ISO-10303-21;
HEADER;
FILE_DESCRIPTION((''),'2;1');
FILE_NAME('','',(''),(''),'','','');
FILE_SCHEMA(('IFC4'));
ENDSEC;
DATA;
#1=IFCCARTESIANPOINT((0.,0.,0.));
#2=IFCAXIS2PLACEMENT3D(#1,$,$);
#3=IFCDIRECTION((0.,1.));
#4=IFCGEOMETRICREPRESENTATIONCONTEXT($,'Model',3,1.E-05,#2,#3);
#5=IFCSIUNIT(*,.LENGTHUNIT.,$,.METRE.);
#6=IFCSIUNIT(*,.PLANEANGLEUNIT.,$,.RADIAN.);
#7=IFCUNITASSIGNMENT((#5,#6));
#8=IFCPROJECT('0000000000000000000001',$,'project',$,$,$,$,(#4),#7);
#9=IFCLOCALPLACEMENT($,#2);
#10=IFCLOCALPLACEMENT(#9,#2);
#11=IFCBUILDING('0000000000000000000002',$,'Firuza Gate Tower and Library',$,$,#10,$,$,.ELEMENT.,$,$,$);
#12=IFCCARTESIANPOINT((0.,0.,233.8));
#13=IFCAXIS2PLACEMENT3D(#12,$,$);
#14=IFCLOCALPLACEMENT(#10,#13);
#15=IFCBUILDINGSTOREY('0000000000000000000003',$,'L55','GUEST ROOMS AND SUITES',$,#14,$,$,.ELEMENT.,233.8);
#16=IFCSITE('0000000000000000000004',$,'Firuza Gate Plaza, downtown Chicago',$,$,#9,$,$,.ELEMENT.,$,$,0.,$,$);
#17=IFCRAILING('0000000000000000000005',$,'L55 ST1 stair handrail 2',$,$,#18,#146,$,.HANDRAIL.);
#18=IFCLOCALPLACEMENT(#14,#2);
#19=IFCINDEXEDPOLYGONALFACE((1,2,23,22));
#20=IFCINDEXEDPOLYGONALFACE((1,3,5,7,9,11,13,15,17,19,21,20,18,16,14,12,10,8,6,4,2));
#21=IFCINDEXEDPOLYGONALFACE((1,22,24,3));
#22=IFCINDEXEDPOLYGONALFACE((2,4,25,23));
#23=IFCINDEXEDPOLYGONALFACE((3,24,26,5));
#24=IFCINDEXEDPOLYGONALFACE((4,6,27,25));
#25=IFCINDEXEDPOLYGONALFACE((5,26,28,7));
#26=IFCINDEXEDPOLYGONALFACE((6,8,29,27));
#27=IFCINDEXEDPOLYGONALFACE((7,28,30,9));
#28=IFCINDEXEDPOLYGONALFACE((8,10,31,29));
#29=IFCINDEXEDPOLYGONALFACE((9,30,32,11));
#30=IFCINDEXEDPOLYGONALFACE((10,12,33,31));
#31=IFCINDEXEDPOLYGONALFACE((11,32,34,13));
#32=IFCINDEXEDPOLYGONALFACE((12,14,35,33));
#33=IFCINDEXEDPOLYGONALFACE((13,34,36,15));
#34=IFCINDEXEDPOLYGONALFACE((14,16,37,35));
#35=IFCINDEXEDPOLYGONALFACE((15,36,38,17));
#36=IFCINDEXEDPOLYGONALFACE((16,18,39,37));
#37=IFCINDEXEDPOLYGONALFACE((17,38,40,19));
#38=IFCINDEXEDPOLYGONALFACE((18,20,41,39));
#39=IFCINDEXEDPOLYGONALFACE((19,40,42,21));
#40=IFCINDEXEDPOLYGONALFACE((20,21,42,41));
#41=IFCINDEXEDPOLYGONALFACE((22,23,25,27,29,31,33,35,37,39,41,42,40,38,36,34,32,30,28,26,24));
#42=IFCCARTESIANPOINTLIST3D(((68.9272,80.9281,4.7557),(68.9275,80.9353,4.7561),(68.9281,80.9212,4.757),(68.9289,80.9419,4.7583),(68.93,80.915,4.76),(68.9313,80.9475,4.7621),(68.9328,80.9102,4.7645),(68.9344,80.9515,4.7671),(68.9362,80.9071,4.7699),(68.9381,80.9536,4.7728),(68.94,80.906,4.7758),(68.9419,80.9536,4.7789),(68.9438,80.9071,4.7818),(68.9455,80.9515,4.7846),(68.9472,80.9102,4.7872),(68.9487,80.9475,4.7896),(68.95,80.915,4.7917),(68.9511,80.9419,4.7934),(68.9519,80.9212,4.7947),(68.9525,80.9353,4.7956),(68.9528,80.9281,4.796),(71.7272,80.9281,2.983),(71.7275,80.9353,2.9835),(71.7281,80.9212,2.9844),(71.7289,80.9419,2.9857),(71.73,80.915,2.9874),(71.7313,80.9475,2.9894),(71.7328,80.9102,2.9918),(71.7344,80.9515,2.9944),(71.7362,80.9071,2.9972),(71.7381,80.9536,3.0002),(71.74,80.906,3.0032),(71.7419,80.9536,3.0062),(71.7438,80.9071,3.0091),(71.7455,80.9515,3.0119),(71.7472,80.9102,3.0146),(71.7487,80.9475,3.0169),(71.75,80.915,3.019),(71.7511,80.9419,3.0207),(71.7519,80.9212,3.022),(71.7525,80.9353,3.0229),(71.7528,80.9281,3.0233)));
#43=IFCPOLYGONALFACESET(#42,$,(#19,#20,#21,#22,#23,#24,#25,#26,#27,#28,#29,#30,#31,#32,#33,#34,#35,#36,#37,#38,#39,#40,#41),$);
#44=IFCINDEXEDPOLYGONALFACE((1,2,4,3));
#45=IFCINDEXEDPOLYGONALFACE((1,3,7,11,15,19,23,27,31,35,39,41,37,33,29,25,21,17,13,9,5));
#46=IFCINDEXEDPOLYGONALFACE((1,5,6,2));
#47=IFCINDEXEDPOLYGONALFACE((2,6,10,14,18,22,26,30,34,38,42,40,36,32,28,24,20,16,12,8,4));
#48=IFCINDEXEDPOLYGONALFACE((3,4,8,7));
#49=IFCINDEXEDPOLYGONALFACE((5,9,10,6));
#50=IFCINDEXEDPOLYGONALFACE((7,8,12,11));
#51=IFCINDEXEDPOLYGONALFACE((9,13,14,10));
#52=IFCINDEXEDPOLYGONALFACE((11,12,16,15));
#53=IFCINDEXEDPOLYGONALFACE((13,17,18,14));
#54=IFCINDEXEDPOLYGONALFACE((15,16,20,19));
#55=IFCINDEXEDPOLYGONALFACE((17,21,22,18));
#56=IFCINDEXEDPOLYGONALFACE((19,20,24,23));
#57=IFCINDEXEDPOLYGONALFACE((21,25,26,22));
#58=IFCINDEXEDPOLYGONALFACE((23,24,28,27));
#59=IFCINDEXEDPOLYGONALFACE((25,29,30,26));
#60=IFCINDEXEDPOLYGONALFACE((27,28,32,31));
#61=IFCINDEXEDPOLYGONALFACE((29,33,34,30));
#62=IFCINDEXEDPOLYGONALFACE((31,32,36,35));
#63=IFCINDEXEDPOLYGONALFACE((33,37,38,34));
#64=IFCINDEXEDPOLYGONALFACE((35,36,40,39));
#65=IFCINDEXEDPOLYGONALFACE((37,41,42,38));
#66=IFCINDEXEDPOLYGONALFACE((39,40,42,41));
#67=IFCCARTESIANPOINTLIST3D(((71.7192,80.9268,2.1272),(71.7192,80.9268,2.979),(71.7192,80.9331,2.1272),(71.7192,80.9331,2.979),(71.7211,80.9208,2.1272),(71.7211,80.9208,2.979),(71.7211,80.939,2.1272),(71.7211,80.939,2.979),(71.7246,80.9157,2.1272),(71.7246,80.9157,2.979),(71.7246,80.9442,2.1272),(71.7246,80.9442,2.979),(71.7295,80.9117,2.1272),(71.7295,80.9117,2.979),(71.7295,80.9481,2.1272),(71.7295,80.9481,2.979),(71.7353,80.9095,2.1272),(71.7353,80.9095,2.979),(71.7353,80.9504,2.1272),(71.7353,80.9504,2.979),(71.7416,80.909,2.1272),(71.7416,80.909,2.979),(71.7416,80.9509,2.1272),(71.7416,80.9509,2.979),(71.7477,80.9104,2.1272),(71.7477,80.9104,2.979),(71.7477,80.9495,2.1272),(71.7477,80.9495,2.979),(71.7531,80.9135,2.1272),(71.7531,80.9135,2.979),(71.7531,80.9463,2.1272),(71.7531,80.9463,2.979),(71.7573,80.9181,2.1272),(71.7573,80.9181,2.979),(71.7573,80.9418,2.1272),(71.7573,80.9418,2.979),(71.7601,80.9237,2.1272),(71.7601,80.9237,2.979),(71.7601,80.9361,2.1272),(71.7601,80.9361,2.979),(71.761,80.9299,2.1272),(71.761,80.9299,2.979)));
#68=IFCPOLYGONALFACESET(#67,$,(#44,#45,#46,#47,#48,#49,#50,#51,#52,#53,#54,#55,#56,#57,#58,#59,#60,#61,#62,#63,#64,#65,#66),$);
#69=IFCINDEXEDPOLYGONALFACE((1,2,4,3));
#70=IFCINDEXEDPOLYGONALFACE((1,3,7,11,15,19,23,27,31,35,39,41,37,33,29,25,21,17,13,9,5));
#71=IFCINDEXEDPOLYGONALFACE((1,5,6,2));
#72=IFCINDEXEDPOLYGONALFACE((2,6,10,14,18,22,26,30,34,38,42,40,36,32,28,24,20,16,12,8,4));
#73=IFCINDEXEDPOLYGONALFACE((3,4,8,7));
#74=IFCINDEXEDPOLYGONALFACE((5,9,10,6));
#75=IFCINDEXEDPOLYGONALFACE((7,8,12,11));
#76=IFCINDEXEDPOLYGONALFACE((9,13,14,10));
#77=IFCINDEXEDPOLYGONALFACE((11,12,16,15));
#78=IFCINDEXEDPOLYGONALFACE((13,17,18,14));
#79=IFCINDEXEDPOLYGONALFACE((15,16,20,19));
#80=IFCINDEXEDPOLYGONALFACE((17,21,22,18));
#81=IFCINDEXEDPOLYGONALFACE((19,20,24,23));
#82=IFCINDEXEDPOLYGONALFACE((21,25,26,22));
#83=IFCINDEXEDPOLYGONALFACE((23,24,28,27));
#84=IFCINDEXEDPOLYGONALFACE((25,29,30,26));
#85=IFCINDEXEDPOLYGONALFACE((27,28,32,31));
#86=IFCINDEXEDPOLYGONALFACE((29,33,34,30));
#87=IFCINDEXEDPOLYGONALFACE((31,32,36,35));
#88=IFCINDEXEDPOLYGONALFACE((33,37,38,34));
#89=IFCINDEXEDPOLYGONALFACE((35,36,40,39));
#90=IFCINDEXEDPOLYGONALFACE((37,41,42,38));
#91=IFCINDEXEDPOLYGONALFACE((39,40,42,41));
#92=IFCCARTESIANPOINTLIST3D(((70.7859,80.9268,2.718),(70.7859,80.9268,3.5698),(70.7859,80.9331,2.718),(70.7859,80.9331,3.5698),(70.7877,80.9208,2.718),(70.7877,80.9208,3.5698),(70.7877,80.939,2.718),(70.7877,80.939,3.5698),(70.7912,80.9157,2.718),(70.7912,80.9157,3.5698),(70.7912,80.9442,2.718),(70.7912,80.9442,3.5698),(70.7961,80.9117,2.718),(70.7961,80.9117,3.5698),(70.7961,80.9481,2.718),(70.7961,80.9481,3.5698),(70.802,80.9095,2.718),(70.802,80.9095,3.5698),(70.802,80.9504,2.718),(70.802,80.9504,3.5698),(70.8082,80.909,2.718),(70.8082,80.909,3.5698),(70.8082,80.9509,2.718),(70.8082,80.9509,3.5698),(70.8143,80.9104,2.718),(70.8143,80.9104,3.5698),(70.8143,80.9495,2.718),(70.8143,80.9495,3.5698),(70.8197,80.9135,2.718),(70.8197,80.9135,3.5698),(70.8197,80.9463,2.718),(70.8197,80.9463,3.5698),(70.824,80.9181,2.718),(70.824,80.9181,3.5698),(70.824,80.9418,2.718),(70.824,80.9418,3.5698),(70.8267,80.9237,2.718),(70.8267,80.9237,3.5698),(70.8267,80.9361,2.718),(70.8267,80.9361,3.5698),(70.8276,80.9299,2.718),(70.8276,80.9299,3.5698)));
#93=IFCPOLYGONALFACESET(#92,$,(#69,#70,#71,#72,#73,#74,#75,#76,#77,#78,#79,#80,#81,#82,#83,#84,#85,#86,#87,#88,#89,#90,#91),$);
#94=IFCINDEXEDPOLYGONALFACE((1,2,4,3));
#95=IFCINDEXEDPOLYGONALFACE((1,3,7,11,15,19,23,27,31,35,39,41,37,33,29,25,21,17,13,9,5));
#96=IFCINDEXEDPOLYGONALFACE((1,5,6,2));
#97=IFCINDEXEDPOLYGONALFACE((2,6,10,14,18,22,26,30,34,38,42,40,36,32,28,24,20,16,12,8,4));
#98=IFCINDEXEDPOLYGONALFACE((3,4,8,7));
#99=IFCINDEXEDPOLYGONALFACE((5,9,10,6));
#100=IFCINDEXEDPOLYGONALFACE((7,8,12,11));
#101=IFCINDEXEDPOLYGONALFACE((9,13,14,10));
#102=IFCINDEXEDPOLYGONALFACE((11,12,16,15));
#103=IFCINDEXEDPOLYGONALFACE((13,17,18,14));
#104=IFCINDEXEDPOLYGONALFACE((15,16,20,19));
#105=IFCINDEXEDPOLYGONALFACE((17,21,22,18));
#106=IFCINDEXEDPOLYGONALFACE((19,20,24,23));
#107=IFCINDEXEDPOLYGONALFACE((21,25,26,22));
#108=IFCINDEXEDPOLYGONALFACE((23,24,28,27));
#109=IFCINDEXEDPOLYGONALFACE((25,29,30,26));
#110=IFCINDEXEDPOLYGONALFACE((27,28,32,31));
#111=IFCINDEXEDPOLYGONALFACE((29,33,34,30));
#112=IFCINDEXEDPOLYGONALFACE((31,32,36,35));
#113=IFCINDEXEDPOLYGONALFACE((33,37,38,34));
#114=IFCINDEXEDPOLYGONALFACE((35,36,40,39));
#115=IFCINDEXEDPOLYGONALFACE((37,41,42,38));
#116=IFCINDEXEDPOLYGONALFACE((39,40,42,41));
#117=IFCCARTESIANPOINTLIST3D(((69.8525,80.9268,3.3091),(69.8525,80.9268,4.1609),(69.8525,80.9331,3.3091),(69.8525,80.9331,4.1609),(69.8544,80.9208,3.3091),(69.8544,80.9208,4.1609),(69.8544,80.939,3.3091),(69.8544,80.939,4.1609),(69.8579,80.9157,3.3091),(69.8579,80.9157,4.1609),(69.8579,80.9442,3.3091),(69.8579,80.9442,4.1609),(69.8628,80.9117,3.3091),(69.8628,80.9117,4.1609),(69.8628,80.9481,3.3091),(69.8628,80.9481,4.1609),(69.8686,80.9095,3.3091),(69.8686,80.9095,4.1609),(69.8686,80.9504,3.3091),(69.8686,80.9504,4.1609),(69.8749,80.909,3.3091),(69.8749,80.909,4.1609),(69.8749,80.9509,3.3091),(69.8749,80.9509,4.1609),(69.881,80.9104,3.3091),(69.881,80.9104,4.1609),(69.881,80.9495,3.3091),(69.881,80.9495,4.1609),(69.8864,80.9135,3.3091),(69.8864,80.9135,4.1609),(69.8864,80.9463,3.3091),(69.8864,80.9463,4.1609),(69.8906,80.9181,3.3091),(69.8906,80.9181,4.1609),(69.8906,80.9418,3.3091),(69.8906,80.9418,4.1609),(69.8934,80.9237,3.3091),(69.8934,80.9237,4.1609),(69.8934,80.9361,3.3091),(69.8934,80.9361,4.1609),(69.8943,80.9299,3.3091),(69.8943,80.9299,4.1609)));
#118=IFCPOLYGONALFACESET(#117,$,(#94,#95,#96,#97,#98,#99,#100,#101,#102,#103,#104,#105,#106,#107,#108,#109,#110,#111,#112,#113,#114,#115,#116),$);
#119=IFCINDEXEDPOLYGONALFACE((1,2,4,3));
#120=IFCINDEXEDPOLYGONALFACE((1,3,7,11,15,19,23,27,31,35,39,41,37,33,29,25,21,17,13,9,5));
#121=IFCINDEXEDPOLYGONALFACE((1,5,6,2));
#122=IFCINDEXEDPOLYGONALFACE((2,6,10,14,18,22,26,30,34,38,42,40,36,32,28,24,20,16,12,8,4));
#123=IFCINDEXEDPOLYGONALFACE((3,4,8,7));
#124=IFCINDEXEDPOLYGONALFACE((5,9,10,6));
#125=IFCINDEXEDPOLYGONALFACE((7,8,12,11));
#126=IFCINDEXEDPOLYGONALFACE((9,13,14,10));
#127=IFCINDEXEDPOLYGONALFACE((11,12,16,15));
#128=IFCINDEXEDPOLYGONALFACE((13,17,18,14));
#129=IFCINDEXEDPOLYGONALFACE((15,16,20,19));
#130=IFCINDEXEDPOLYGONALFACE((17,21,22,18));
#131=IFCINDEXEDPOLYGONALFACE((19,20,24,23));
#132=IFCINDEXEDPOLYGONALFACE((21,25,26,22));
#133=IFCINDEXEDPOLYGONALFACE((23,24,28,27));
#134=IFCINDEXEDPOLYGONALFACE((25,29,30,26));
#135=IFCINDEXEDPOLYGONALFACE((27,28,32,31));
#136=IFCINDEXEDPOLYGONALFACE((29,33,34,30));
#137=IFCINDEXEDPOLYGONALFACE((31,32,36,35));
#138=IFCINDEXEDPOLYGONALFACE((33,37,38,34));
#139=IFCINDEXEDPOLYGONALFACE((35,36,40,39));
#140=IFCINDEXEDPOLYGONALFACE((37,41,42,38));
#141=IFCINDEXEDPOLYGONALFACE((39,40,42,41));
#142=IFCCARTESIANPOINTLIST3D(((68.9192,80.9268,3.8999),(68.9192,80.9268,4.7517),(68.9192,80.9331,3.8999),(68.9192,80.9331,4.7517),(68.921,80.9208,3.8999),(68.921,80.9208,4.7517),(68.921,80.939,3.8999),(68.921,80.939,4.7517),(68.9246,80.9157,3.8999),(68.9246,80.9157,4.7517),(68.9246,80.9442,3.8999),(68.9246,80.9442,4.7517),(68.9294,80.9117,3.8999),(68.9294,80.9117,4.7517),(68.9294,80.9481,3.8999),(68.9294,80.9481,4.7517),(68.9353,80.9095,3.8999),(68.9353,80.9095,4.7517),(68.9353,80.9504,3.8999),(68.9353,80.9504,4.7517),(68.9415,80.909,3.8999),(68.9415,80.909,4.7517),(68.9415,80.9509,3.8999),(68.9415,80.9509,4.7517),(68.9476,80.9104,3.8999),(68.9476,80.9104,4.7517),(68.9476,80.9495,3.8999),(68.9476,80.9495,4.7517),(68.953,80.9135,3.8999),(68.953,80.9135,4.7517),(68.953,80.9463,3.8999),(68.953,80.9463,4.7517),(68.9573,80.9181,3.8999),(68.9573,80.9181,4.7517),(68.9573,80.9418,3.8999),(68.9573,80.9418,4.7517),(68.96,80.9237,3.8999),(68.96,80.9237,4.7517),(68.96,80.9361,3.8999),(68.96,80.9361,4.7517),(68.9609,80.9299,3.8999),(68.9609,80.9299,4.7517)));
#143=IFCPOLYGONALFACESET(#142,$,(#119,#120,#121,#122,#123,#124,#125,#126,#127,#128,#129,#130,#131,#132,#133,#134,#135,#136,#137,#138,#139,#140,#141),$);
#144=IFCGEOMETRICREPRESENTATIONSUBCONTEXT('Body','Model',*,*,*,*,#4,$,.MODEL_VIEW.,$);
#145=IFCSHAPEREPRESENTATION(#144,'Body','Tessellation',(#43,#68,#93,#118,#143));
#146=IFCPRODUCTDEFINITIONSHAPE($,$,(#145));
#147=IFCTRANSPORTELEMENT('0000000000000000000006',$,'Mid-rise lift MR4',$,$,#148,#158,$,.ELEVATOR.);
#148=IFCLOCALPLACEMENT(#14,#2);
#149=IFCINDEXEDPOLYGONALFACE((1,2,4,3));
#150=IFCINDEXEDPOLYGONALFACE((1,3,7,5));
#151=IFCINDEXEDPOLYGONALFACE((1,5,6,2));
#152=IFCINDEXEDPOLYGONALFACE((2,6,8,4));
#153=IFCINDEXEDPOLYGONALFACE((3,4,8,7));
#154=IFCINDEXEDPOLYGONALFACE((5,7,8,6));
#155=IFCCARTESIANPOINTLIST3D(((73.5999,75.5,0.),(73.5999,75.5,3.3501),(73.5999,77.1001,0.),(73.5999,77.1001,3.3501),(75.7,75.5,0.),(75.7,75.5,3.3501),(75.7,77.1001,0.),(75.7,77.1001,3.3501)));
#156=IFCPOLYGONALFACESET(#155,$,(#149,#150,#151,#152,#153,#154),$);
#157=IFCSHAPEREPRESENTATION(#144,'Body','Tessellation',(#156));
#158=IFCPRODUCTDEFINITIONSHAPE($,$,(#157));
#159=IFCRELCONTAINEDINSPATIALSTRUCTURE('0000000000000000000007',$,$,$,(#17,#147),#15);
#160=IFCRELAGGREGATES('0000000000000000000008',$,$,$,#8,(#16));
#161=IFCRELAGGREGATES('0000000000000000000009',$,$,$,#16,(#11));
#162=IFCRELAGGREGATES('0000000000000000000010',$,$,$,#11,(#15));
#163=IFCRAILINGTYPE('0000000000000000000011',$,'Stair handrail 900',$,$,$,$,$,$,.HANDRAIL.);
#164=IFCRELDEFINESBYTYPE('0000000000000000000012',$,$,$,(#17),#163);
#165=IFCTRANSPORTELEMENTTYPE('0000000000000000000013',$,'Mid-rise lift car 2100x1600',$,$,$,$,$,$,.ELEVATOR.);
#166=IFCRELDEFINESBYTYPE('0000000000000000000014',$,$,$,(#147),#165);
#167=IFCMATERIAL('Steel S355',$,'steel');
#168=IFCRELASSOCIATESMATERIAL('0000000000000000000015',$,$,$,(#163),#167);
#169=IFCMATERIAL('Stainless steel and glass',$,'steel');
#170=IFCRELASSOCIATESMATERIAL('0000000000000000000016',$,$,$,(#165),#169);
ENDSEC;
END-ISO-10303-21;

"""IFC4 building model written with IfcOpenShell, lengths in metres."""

from ifc_helpers import new_model, si_unit, direction, frame, origin, origin_2d, place, context, subcontext, project, spatial, rectangle, circle, extrude, material, type_object, element, save


model = new_model("IFC4")

# Units and contexts
model_context = context("Model", 3, precision=1e-05, world=origin(), true_north=direction((0.0, 1.0)))
body_context = subcontext(model_context, "Body", "Model", "MODEL_VIEW")
ifc_project = project(units=[si_unit("LENGTHUNIT", "METRE"), si_unit("PLANEANGLEUNIT", "RADIAN")], contexts=[model_context])

# Site, building, storey
site_placement = place(None, origin())
site = spatial("IfcSite", under=ifc_project, at=site_placement, Name="Firuza Gate Plaza, downtown Chicago", CompositionType="ELEMENT", RefElevation=0.0)
building_placement = place(site_placement, origin())
building = spatial("IfcBuilding", under=site, at=building_placement, Name="Firuza Gate Tower and Library", CompositionType="ELEMENT")
storey_placement = place(building_placement, frame((0.0, 0.0, 233.8)))
storey = spatial("IfcBuildingStorey", under=building, at=storey_placement, Name="L55", Description="GUEST ROOMS AND SUITES", CompositionType="ELEMENT", Elevation=233.8)

# Railing
ifc_material_1 = material(Name="Steel S355", Category="steel")
railing_type_1 = type_object("IfcRailingType", Name="Stair handrail 900", PredefinedType="HANDRAIL", material=ifc_material_1)
railing_1_placement = place(storey_placement, frame((71.74, 80.9299, 2.1272)))
element("IfcRailing", 1, at=railing_1_placement, inside=storey, type_object=railing_type_1, Name="L55 ST1 stair handrail 2", PredefinedType="HANDRAIL", context=body_context, shape_type="SweptSolid", body=[
    extrude(circle(Radius=0.0239, at=origin_2d()), frame((0.0, 0.0, 0.876), z_axis=(-0.844909, 0.0, 0.53491), x_axis=(0.0, -1.0, 0.0)), (0.0, 0.0, 1.0), 3.314),
    extrude(circle(Radius=0.021, at=origin_2d()), origin(), (0.0, 0.0, 1.0), 0.8518),
    extrude(circle(Radius=0.021, at=origin_2d()), frame((-0.9333, 0.0, 0.5908)), (0.0, 0.0, 1.0), 0.8518),
    extrude(circle(Radius=0.021, at=origin_2d()), frame((-1.8667, 0.0, 1.1819)), (0.0, 0.0, 1.0), 0.8518),
    extrude(circle(Radius=0.021, at=origin_2d()), frame((-2.8, 0.0, 1.7727)), (0.0, 0.0, 1.0), 0.8518),
])

# Transport element
ifc_material_2 = material(Name="Stainless steel and glass", Category="steel")
transport_element_type = type_object("IfcTransportElementType", Name="Mid-rise lift car 2100x1600", PredefinedType="ELEVATOR", material=ifc_material_2)
transport_element_placement = place(storey_placement, frame((74.6499, 76.3, 0.0), z_axis=(0.0, 0.0, 1.0), x_axis=(1.0, 0.0, 0.0)))
element("IfcTransportElement", 2, at=transport_element_placement, inside=storey, type_object=transport_element_type, Name="Mid-rise lift MR4", PredefinedType="ELEVATOR", context=body_context, shape_type="SweptSolid", body=[
    extrude(rectangle(XDim=2.1001, YDim=1.6001, at=origin_2d()), origin(), (0.0, 0.0, 1.0), 3.3501),
])

save(model, "model.ifc")
